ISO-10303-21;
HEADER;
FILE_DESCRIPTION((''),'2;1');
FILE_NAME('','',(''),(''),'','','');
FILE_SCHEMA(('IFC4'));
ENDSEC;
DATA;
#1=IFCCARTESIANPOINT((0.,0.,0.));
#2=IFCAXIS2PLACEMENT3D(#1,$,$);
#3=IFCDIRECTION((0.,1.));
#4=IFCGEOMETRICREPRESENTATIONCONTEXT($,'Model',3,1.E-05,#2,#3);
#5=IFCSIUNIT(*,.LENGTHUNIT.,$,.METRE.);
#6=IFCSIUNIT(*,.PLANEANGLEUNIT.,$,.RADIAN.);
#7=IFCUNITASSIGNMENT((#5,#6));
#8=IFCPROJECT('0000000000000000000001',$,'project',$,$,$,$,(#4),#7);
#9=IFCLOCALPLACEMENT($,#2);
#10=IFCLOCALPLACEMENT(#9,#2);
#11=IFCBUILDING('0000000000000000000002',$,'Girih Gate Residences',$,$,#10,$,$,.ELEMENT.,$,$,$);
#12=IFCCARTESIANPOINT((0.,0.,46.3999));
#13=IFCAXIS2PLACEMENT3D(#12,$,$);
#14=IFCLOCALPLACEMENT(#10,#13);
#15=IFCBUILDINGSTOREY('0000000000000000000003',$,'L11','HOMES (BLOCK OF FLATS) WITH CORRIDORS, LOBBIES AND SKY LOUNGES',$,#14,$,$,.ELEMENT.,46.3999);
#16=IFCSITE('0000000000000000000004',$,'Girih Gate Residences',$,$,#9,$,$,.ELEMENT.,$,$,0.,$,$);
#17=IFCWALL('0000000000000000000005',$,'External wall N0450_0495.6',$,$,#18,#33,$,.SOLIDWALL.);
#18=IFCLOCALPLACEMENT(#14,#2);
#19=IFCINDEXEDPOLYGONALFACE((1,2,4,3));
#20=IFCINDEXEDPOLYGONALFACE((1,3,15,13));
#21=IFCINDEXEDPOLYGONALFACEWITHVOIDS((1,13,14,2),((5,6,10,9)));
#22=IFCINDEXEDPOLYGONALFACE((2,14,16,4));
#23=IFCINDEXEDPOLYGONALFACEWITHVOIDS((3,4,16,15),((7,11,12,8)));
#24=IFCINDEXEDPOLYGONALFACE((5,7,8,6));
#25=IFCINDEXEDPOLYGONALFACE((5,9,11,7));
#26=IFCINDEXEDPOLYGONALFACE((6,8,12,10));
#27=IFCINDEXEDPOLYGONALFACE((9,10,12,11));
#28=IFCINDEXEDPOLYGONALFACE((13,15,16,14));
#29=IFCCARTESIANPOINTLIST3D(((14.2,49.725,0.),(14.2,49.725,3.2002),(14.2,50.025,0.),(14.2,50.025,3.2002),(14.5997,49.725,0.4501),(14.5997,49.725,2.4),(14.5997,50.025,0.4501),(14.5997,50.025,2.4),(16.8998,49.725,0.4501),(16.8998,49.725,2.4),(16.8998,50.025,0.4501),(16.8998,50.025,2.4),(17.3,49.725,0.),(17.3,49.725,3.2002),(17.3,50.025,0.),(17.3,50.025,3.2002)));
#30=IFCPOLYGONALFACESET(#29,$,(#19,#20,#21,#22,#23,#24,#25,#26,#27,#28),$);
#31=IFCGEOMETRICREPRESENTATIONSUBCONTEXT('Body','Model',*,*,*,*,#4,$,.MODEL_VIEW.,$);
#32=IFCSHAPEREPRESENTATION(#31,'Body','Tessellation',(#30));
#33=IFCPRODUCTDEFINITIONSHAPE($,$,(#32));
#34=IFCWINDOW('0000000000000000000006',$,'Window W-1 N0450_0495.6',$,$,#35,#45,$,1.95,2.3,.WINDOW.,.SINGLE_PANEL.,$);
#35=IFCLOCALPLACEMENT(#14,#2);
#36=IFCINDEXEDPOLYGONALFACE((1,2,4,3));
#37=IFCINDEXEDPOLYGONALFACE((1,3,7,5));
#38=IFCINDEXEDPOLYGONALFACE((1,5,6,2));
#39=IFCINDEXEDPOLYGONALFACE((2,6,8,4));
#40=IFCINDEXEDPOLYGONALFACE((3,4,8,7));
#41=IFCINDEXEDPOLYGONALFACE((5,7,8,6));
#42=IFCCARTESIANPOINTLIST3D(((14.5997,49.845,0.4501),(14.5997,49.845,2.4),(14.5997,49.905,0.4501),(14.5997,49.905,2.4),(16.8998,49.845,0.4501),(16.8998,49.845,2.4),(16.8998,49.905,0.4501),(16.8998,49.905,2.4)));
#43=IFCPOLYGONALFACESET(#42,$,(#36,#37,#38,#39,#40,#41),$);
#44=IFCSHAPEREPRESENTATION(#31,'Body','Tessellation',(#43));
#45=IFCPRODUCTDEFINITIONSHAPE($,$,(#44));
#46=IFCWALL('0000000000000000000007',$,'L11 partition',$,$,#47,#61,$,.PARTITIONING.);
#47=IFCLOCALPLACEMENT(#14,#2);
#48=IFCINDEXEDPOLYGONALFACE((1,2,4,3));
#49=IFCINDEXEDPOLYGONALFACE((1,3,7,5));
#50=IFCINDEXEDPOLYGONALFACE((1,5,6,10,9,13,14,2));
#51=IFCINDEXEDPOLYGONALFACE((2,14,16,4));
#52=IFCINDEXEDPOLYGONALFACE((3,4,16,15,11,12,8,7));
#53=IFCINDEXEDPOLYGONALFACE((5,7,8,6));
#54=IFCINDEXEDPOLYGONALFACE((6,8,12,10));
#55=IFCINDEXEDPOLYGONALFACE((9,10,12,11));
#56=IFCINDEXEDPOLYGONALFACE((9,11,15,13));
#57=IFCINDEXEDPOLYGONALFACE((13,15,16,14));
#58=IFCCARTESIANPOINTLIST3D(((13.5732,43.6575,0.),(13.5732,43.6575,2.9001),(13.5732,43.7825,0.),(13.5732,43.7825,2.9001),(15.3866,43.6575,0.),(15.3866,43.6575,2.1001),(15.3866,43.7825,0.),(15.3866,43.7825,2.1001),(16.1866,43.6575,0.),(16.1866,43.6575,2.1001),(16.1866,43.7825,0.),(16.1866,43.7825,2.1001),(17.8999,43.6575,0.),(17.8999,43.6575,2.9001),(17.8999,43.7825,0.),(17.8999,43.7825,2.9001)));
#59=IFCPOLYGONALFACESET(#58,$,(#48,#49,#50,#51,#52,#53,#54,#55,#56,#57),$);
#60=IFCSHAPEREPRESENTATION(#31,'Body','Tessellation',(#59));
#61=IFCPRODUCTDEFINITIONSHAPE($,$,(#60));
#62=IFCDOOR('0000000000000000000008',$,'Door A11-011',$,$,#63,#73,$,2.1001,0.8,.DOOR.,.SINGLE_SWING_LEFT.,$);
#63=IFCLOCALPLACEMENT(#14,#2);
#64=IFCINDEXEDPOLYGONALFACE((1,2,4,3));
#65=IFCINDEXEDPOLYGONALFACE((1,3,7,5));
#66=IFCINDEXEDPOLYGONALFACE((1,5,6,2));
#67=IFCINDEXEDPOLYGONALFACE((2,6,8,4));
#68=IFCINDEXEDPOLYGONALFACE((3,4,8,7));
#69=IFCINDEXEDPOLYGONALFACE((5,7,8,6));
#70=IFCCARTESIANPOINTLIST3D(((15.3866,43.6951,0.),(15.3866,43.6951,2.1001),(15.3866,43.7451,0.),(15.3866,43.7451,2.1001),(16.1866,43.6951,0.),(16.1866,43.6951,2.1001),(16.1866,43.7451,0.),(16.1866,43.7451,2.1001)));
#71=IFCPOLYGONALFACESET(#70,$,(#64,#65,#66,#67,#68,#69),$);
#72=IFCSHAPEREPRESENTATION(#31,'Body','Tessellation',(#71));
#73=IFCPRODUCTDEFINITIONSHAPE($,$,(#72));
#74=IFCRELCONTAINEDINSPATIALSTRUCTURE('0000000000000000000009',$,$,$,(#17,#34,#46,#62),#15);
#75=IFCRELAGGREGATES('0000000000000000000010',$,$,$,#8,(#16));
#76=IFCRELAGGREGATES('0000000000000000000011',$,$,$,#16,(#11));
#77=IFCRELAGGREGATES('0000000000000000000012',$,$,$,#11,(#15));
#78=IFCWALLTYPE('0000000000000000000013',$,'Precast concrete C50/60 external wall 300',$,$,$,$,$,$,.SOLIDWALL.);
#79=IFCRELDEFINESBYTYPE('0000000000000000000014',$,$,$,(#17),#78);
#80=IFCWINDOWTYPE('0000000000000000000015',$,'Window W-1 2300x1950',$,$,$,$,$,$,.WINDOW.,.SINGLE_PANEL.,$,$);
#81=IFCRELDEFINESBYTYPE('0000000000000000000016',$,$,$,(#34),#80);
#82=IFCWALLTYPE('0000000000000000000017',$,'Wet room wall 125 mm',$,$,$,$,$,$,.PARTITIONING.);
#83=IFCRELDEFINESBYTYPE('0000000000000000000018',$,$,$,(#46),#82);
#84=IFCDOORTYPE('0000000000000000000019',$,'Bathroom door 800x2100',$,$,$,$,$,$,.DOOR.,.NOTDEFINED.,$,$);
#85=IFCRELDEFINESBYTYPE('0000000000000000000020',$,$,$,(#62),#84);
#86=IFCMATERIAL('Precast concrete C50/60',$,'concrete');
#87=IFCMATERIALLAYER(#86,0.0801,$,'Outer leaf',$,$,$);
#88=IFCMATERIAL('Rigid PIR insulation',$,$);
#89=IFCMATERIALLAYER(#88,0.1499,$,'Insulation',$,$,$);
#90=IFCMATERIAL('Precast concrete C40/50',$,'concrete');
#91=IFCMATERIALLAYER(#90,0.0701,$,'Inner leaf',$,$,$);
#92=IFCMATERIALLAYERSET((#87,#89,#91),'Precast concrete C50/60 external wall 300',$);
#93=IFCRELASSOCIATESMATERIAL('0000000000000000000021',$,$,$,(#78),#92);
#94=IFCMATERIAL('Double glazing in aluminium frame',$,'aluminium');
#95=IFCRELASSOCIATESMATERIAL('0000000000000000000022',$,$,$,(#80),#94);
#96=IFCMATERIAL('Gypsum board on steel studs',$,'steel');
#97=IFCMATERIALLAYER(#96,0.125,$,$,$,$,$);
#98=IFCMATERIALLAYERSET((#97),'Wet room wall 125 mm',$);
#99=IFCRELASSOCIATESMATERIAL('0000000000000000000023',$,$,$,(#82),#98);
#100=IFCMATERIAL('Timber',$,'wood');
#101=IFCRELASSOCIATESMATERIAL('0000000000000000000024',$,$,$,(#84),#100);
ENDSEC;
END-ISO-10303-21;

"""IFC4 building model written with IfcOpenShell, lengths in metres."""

from ifc_helpers import new_model, si_unit, direction, frame, frame_2d, origin, place, context, subcontext, project, spatial, rectangle, extrude, material, layer, layer_set, type_object, element, fill, save


model = new_model("IFC4")

# Units and contexts
model_context = context("Model", 3, precision=1e-05, world=origin(), true_north=direction((0.0, 1.0)))
body_context = subcontext(model_context, "Body", "Model", "MODEL_VIEW")
ifc_project = project(units=[si_unit("LENGTHUNIT", "METRE"), si_unit("PLANEANGLEUNIT", "RADIAN")], contexts=[model_context])

# Site, building, storey
site_placement = place(None, origin())
site = spatial("IfcSite", under=ifc_project, at=site_placement, Name="Girih Gate Residences", CompositionType="ELEMENT", RefElevation=0.0)
building_placement = place(site_placement, origin())
building = spatial("IfcBuilding", under=site, at=building_placement, Name="Girih Gate Residences", CompositionType="ELEMENT")
storey_placement = place(building_placement, frame((0.0, 0.0, 46.3999)))
storey = spatial("IfcBuildingStorey", under=building, at=storey_placement, Name="L11", Description="HOMES (BLOCK OF FLATS) WITH CORRIDORS, LOBBIES AND SKY LOUNGES", CompositionType="ELEMENT", Elevation=46.3999)

# Shared definitions
ifc_material_1 = material(Name="Gypsum board on steel studs", Category="steel")

# Shared definitions
ifc_material_2 = material(Name="Timber", Category="wood")

# Wall, opening, window
ifc_material_3 = material(Name="Precast concrete C50/60", Category="concrete")
ifc_layer_1 = layer(ifc_material_3, 0.0801, Name="Outer leaf")
ifc_material_4 = material(Name="Rigid PIR insulation")
ifc_layer_2 = layer(ifc_material_4, 0.1499, Name="Insulation")
ifc_material_5 = material(Name="Precast concrete C40/50", Category="concrete")
ifc_layer_3 = layer(ifc_material_5, 0.0701, Name="Inner leaf")
ifc_layer_set_1 = layer_set([ifc_layer_1, ifc_layer_2, ifc_layer_3], Name="Precast concrete C50/60 external wall 300")
wall_type_1 = type_object("IfcWallType", Name="Precast concrete C50/60 external wall 300", PredefinedType="SOLIDWALL", material=ifc_layer_set_1)
ifc_material_6 = material(Name="Double glazing in aluminium frame", Category="aluminium")
window_type = type_object("IfcWindowType", Name="Window W-1 2300x1950", PartitioningType="SINGLE_PANEL", PredefinedType="WINDOW", material=ifc_material_6)
wall_1_placement = place(storey_placement, frame((14.2, 49.875, 0.0), z_axis=(0.0, 0.0, 1.0), x_axis=(1.0, 0.0, 0.0)))
wall_1 = element("IfcWall", 1, at=wall_1_placement, inside=storey, type_object=wall_type_1, Name="External wall N0450_0495.6", PredefinedType="SOLIDWALL", context=body_context, shape_type="SweptSolid", body=[
    extrude(rectangle(XDim=3.1001, YDim=0.3, at=frame_2d((1.55, 0.0))), origin(), (0.0, 0.0, 1.0), 3.2002),
])
opening_1_placement = place(wall_1_placement, frame((0.3999, 0.0, 0.45)))
opening_1 = element("IfcOpeningElement", 2, at=opening_1_placement, cuts=wall_1, PredefinedType="OPENING", context=body_context, shape_type="SweptSolid", body=[
    extrude(rectangle(XDim=2.3, YDim=1.95, at=frame_2d((1.1499, 0.9751))), frame((0.0, 0.1599, 0.0), z_axis=(0.0, -1.0, 0.0), x_axis=(1.0, 0.0, 0.0)), (0.0, 0.0, 1.0), 0.3201),
])
window_1_placement = place(opening_1_placement, origin())
window_1 = element("IfcWindow", 3, at=window_1_placement, inside=storey, type_object=window_type, Name="Window W-1 N0450_0495.6", OverallHeight=1.95, OverallWidth=2.3, PartitioningType="SINGLE_PANEL", PredefinedType="WINDOW", context=body_context, shape_type="SweptSolid", body=[
    extrude(rectangle(XDim=2.3, YDim=1.95, at=frame_2d((1.1499, 0.9751))), frame((0.0, 0.03, 0.0), z_axis=(0.0, -1.0, 0.0), x_axis=(1.0, 0.0, 0.0)), (0.0, 0.0, 1.0), 0.0601),
])
fill(opening_1, window_1)

# Wall, opening, door
ifc_layer_4 = layer(ifc_material_1, 0.125)
ifc_layer_set_2 = layer_set([ifc_layer_4], Name="Wet room wall 125 mm")
wall_type_2 = type_object("IfcWallType", Name="Wet room wall 125 mm", PredefinedType="PARTITIONING", material=ifc_layer_set_2)
wall_2_placement = place(storey_placement, frame((17.8999, 43.72, 0.0), z_axis=(0.0, 0.0, 1.0), x_axis=(-1.0, 0.0, 0.0)))
wall_2 = element("IfcWall", 4, at=wall_2_placement, inside=storey, type_object=wall_type_2, Name="L11 partition", PredefinedType="PARTITIONING", context=body_context, shape_type="SweptSolid", body=[
    extrude(rectangle(XDim=4.3267, YDim=0.125, at=frame_2d((2.1633, 0.0))), origin(), (0.0, 0.0, 1.0), 2.9001),
])
opening_2_placement = place(wall_2_placement, frame((1.7134, 0.0, 0.0)))
opening_2 = element("IfcOpeningElement", 5, at=opening_2_placement, cuts=wall_2, PredefinedType="OPENING", context=body_context, shape_type="SweptSolid", body=[
    extrude(rectangle(XDim=0.8, YDim=2.1001, at=frame_2d((0.3999, 1.05))), frame((0.0, 0.0725, 0.0), z_axis=(0.0, -1.0, 0.0), x_axis=(1.0, 0.0, 0.0)), (0.0, 0.0, 1.0), 0.145),
])
door_type_1 = type_object("IfcDoorType", Name="Bathroom door 800x2100", OperationType="NOTDEFINED", PredefinedType="DOOR", material=ifc_material_2)
door_1_placement = place(opening_2_placement, origin())
door_1 = element("IfcDoor", 6, at=door_1_placement, inside=storey, type_object=door_type_1, Name="Door A11-011", OperationType="SINGLE_SWING_LEFT", OverallHeight=2.1001, OverallWidth=0.8, PredefinedType="DOOR", context=body_context, shape_type="SweptSolid", body=[
    extrude(rectangle(XDim=0.8, YDim=2.1001, at=frame_2d((0.3999, 1.05))), frame((0.0, 0.0249, 0.0), z_axis=(0.0, -1.0, 0.0), x_axis=(1.0, 0.0, 0.0)), (0.0, 0.0, 1.0), 0.05),
])
fill(opening_2, door_1)

save(model, "model.ifc")
